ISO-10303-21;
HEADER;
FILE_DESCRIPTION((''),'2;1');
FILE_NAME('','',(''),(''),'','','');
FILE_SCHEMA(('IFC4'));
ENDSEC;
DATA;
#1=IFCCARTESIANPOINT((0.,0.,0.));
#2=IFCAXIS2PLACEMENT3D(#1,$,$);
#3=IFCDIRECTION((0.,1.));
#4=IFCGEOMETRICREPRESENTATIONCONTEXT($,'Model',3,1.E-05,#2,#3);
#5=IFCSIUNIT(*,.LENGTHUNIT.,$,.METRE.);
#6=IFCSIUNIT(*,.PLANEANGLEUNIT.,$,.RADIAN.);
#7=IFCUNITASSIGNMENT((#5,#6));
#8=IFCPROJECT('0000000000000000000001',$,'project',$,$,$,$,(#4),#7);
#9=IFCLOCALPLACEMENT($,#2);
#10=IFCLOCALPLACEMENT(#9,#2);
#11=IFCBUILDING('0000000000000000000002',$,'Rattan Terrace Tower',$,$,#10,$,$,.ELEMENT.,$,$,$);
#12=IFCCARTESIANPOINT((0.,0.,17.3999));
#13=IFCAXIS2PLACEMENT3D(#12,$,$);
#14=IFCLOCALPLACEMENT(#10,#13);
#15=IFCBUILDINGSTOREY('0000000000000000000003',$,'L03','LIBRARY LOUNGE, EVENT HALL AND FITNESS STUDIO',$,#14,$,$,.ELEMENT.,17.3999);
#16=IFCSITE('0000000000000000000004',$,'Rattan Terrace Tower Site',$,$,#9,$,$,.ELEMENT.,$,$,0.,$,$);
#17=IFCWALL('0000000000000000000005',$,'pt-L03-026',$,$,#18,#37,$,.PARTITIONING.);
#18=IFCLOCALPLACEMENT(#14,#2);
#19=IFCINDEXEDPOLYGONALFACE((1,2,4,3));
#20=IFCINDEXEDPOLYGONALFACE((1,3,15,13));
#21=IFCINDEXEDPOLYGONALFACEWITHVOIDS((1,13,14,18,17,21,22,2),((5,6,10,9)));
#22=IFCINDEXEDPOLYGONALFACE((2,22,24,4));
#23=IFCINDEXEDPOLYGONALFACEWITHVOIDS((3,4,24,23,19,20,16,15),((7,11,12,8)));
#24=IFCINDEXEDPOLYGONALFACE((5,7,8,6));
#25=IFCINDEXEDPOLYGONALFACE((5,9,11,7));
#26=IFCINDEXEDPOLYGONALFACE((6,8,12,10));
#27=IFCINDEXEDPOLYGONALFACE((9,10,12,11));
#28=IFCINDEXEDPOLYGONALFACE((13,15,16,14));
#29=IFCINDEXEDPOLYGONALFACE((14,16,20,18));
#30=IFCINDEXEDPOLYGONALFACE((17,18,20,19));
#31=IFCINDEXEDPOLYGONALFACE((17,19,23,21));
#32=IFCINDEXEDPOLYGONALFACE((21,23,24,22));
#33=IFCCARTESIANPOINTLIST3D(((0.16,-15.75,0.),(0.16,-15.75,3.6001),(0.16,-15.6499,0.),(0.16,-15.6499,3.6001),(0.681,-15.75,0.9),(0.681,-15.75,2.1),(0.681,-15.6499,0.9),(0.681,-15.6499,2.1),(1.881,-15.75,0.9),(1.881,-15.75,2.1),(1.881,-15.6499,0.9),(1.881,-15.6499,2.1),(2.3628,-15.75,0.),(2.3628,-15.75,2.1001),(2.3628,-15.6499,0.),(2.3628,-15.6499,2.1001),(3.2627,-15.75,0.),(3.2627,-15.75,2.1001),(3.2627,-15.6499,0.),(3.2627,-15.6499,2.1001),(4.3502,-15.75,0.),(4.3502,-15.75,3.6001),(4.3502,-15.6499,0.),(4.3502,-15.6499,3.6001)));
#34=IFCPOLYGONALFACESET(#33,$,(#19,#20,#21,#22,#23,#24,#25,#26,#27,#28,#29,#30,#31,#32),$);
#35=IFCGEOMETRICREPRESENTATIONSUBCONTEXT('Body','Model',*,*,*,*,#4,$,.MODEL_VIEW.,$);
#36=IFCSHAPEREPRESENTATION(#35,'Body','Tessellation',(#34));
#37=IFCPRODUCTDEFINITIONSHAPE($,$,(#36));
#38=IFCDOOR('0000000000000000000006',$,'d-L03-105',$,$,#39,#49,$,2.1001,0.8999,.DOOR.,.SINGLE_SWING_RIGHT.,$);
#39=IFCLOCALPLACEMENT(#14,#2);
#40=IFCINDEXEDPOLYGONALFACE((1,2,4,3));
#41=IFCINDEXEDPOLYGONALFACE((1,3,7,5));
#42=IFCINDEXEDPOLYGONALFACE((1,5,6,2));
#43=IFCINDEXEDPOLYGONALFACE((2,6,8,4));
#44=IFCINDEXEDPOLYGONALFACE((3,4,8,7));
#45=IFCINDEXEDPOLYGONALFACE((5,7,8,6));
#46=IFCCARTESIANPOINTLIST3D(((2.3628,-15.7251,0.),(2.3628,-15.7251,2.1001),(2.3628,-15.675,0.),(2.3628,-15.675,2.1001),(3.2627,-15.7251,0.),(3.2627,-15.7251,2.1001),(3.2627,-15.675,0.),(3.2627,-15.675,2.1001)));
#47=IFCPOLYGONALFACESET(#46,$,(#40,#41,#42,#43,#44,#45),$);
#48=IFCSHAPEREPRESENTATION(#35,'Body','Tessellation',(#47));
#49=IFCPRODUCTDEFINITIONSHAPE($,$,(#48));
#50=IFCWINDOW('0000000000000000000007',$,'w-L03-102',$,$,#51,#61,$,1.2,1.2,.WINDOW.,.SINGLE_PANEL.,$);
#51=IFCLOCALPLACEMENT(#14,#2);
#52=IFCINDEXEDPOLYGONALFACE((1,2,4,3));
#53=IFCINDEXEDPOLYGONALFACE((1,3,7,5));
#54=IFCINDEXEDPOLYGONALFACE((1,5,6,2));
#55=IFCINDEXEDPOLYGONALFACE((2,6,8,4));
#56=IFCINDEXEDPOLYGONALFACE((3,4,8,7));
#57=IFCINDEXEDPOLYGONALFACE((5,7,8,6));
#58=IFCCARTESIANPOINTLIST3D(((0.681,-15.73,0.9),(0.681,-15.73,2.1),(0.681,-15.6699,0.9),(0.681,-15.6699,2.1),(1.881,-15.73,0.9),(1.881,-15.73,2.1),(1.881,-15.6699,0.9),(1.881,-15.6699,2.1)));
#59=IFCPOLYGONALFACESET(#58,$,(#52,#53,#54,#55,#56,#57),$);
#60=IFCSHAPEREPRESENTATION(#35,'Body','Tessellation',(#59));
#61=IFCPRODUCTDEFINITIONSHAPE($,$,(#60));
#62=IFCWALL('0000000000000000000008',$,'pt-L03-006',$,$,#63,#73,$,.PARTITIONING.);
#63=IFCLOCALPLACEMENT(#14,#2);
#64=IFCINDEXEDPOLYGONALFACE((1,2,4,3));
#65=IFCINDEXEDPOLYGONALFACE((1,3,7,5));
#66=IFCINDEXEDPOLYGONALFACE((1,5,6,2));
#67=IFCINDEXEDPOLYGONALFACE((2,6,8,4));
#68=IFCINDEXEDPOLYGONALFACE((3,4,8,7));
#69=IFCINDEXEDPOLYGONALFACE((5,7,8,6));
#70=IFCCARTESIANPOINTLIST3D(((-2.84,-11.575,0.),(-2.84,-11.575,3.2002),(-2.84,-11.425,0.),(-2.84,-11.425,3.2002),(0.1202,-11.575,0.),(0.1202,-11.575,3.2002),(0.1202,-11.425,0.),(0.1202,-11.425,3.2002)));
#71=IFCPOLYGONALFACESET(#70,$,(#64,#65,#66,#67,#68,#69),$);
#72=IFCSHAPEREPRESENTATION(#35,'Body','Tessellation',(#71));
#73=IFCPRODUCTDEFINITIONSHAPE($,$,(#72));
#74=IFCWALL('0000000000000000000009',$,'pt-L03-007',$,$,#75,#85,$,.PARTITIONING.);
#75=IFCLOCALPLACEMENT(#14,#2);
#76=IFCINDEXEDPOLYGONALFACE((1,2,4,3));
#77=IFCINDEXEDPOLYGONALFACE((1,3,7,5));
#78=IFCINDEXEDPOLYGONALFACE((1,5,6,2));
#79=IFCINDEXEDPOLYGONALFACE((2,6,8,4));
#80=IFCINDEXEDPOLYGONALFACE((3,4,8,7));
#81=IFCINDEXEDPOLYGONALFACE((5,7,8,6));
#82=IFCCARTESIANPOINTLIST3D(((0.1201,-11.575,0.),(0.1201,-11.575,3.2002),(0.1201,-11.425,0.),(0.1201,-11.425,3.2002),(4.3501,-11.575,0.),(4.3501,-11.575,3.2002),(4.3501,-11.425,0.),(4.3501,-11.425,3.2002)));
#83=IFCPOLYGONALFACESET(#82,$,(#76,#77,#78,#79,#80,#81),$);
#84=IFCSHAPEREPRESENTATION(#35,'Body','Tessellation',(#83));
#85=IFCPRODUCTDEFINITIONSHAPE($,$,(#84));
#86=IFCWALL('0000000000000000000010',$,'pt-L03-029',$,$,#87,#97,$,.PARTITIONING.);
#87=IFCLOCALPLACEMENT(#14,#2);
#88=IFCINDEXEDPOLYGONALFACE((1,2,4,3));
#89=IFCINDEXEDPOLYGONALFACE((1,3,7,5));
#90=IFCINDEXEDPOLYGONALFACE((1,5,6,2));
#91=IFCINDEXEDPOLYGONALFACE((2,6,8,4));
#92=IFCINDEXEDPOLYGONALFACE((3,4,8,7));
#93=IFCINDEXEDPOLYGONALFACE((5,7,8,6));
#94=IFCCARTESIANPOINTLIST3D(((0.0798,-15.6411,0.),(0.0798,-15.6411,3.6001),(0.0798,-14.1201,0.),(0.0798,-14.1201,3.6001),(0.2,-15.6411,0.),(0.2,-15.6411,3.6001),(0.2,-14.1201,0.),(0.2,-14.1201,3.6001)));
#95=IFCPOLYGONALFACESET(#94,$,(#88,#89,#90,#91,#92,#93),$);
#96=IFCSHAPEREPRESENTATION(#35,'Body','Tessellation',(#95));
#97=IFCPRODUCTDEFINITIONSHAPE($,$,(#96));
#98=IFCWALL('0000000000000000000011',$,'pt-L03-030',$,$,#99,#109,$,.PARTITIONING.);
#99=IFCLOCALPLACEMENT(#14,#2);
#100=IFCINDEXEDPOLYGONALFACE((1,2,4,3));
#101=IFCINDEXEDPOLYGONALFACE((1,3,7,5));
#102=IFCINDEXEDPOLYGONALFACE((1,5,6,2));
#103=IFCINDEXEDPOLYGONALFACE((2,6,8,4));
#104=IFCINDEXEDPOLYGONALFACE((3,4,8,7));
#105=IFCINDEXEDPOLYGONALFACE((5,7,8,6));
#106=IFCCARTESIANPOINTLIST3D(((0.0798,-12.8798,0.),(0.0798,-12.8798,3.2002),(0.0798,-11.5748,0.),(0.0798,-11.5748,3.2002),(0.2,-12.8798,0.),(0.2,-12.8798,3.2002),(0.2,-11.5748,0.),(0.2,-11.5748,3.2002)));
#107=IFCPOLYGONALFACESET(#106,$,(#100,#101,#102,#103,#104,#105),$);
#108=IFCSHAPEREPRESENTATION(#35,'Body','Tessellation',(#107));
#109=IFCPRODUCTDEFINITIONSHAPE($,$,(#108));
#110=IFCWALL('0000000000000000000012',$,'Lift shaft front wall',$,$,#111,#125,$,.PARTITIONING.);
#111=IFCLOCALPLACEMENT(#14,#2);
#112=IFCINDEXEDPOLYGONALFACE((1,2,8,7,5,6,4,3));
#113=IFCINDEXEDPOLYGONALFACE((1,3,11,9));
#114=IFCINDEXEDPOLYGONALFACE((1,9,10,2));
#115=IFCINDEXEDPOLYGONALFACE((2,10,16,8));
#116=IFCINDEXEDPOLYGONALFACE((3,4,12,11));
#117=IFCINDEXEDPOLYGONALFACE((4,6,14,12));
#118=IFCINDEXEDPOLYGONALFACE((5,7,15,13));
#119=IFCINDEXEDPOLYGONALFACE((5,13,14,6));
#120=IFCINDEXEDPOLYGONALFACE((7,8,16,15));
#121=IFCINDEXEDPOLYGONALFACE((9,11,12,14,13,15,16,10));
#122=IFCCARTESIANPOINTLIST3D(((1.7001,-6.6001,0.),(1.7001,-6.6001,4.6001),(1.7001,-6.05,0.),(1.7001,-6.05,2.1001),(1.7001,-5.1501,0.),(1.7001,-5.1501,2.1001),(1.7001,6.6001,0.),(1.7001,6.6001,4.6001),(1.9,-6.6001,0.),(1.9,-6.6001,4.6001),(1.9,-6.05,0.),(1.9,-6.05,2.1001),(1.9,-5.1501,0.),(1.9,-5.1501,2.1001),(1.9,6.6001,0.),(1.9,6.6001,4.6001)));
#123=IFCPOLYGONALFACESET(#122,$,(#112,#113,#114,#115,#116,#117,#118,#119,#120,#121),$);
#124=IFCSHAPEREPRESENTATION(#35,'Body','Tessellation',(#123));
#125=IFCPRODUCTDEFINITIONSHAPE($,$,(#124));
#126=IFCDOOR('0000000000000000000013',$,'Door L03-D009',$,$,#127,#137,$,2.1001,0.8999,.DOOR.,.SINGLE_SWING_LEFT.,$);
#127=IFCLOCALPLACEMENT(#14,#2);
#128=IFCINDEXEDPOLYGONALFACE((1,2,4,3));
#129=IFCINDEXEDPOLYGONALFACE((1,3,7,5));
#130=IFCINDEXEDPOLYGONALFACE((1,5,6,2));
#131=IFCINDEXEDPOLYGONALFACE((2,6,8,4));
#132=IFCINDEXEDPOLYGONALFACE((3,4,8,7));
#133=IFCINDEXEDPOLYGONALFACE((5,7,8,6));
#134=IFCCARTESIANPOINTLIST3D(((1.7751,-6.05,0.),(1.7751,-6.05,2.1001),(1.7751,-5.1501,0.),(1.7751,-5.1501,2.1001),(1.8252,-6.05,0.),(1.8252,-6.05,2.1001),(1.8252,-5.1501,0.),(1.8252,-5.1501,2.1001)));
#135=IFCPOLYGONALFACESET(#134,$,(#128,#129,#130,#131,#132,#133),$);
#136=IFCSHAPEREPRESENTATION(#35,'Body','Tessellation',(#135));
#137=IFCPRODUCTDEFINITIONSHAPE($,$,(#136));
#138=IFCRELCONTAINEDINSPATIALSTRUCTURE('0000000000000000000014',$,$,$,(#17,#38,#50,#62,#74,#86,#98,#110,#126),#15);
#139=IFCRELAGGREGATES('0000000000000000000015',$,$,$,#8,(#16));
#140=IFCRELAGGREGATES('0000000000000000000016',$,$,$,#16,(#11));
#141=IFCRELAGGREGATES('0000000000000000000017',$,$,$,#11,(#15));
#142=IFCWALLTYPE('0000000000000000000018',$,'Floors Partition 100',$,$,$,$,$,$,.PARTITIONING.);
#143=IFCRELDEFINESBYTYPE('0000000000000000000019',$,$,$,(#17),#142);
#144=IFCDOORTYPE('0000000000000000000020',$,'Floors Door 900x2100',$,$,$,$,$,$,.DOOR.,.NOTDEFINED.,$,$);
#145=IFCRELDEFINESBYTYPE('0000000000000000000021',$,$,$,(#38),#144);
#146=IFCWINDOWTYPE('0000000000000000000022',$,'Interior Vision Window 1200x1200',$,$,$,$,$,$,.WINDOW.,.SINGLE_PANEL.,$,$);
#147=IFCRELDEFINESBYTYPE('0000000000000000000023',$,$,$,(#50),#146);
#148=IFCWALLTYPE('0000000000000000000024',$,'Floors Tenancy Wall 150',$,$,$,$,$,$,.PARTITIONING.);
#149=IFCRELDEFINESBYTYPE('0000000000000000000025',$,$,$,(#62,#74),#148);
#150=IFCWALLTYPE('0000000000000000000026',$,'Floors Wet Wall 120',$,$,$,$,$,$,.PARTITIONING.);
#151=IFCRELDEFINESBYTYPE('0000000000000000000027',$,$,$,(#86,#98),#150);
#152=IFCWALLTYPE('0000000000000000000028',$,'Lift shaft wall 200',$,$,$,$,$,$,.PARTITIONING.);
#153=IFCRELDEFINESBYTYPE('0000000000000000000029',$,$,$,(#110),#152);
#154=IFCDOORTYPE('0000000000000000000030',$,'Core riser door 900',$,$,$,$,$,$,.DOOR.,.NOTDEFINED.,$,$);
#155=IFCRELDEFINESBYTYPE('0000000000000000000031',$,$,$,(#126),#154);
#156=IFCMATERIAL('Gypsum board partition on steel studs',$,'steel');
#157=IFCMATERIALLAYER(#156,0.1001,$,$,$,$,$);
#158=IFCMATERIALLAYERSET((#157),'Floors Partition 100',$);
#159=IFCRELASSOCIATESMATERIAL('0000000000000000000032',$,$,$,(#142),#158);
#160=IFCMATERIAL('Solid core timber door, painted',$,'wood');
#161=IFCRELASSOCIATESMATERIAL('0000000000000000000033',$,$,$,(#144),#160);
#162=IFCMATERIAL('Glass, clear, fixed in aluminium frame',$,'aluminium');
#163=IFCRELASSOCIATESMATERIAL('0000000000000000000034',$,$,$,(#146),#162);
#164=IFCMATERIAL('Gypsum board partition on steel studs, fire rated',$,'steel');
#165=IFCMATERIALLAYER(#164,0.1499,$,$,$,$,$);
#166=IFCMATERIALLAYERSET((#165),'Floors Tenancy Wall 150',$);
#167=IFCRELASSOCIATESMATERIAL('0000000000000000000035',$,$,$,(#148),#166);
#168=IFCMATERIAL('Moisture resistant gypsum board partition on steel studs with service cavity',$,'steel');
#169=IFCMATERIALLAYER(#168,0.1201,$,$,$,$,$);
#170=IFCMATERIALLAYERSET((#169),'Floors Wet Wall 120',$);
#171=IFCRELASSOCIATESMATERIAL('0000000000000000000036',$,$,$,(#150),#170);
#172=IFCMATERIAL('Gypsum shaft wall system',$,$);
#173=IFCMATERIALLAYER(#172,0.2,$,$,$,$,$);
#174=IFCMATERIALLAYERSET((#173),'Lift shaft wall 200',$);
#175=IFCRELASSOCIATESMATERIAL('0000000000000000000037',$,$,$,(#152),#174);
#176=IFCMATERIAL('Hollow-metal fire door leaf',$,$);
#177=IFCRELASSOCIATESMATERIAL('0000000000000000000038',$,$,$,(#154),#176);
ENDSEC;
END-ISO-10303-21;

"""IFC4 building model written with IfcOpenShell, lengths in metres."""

from ifc_helpers import new_model, si_unit, direction, frame, frame_2d, origin, place, context, subcontext, project, spatial, rectangle, extrude, material, layer, layer_set, type_object, element, fill, save


model = new_model("IFC4")

# Units and contexts
model_context = context("Model", 3, precision=1e-05, world=origin(), true_north=direction((0.0, 1.0)))
body_context = subcontext(model_context, "Body", "Model", "MODEL_VIEW")
ifc_project = project(units=[si_unit("LENGTHUNIT", "METRE"), si_unit("PLANEANGLEUNIT", "RADIAN")], contexts=[model_context])

# Site, building, storey
site_placement = place(None, origin())
site = spatial("IfcSite", under=ifc_project, at=site_placement, Name="Rattan Terrace Tower Site", CompositionType="ELEMENT", RefElevation=0.0)
building_placement = place(site_placement, origin())
building = spatial("IfcBuilding", under=site, at=building_placement, Name="Rattan Terrace Tower", CompositionType="ELEMENT")
storey_placement = place(building_placement, frame((0.0, 0.0, 17.3999)))
storey = spatial("IfcBuildingStorey", under=building, at=storey_placement, Name="L03", Description="LIBRARY LOUNGE, EVENT HALL AND FITNESS STUDIO", CompositionType="ELEMENT", Elevation=17.3999)

# Wall, openings, door, window
ifc_material_1 = material(Name="Gypsum board partition on steel studs", Category="steel")
ifc_layer_1 = layer(ifc_material_1, 0.1001)
ifc_layer_set_1 = layer_set([ifc_layer_1], Name="Floors Partition 100")
wall_type_1 = type_object("IfcWallType", Name="Floors Partition 100", PredefinedType="PARTITIONING", material=ifc_layer_set_1)
wall_1_placement = place(storey_placement, frame((0.1599, -15.7, 0.0), z_axis=(0.0, 0.0, 1.0), x_axis=(1.0, 0.0, 0.0)))
wall_1 = element("IfcWall", 1, at=wall_1_placement, inside=storey, type_object=wall_type_1, Name="pt-L03-026", PredefinedType="PARTITIONING", context=body_context, shape_type="SweptSolid", body=[
    extrude(rectangle(XDim=4.1902, YDim=0.1001, at=frame_2d((2.0952, 0.0))), origin(), (0.0, 0.0, 1.0), 3.6001),
])
opening_1_placement = place(wall_1_placement, frame((2.2029, 0.0, 0.0)))
opening_1 = element("IfcOpeningElement", 2, at=opening_1_placement, cuts=wall_1, PredefinedType="OPENING", context=body_context, shape_type="SweptSolid", body=[
    extrude(rectangle(XDim=0.8999, YDim=2.1001, at=frame_2d((0.45, 1.05))), frame((0.0, 0.0605, 0.0), z_axis=(0.0, -1.0, 0.0), x_axis=(1.0, 0.0, 0.0)), (0.0, 0.0, 1.0), 0.1211),
])
opening_2_placement = place(wall_1_placement, frame((0.521, 0.0, 0.8999)))
opening_2 = element("IfcOpeningElement", 3, at=opening_2_placement, cuts=wall_1, PredefinedType="OPENING", context=body_context, shape_type="SweptSolid", body=[
    extrude(rectangle(XDim=1.2, YDim=1.2, at=frame_2d((0.6001, 0.6001))), frame((0.0, 0.0605, 0.0), z_axis=(0.0, -1.0, 0.0), x_axis=(1.0, 0.0, 0.0)), (0.0, 0.0, 1.0), 0.1211),
])
ifc_material_2 = material(Name="Solid core timber door, painted", Category="wood")
door_type_1 = type_object("IfcDoorType", Name="Floors Door 900x2100", OperationType="NOTDEFINED", PredefinedType="DOOR", material=ifc_material_2)
door_1_placement = place(opening_1_placement, origin())
door_1 = element("IfcDoor", 4, at=door_1_placement, inside=storey, type_object=door_type_1, Name="d-L03-105", OperationType="SINGLE_SWING_RIGHT", OverallHeight=2.1001, OverallWidth=0.8999, PredefinedType="DOOR", context=body_context, shape_type="SweptSolid", body=[
    extrude(rectangle(XDim=0.8999, YDim=2.1001, at=frame_2d((0.45, 1.05))), frame((0.0, 0.0249, 0.0), z_axis=(0.0, -1.0, 0.0), x_axis=(1.0, 0.0, 0.0)), (0.0, 0.0, 1.0), 0.05),
])
fill(opening_1, door_1)
ifc_material_3 = material(Name="Glass, clear, fixed in aluminium frame", Category="aluminium")
window_type = type_object("IfcWindowType", Name="Interior Vision Window 1200x1200", PartitioningType="SINGLE_PANEL", PredefinedType="WINDOW", material=ifc_material_3)
window_placement = place(opening_2_placement, origin())
window = element("IfcWindow", 5, at=window_placement, inside=storey, type_object=window_type, Name="w-L03-102", OverallHeight=1.2, OverallWidth=1.2, PartitioningType="SINGLE_PANEL", PredefinedType="WINDOW", context=body_context, shape_type="SweptSolid", body=[
    extrude(rectangle(XDim=1.2, YDim=1.2, at=frame_2d((0.6001, 0.6001))), frame((0.0, 0.03, 0.0), z_axis=(0.0, -1.0, 0.0), x_axis=(1.0, 0.0, 0.0)), (0.0, 0.0, 1.0), 0.0601),
])
fill(opening_2, window)

# Walls
ifc_material_4 = material(Name="Gypsum board partition on steel studs, fire rated", Category="steel")
ifc_layer_2 = layer(ifc_material_4, 0.1499)
ifc_layer_set_2 = layer_set([ifc_layer_2], Name="Floors Tenancy Wall 150")
wall_type_2 = type_object("IfcWallType", Name="Floors Tenancy Wall 150", PredefinedType="PARTITIONING", material=ifc_layer_set_2)
wall_2_placement = place(storey_placement, frame((0.1201, -11.5, 0.0), z_axis=(0.0, 0.0, 1.0), x_axis=(-1.0, 0.0, 0.0)))
element("IfcWall", 6, at=wall_2_placement, inside=storey, type_object=wall_type_2, Name="pt-L03-006", PredefinedType="PARTITIONING", context=body_context, shape_type="SweptSolid", body=[
    extrude(rectangle(XDim=2.9602, YDim=0.1499, at=frame_2d((1.48, 0.0))), origin(), (0.0, 0.0, 1.0), 3.2002),
])
wall_3_placement = place(storey_placement, frame((4.3501, -11.5, 0.0), z_axis=(0.0, 0.0, 1.0), x_axis=(-1.0, 0.0, 0.0)))
element("IfcWall", 7, at=wall_3_placement, inside=storey, type_object=wall_type_2, Name="pt-L03-007", PredefinedType="PARTITIONING", context=body_context, shape_type="SweptSolid", body=[
    extrude(rectangle(XDim=4.23, YDim=0.1499, at=frame_2d((2.115, 0.0))), origin(), (0.0, 0.0, 1.0), 3.2002),
])
ifc_material_5 = material(Name="Moisture resistant gypsum board partition on steel studs with service cavity", Category="steel")
ifc_layer_3 = layer(ifc_material_5, 0.1201)
ifc_layer_set_3 = layer_set([ifc_layer_3], Name="Floors Wet Wall 120")
wall_type_3 = type_object("IfcWallType", Name="Floors Wet Wall 120", PredefinedType="PARTITIONING", material=ifc_layer_set_3)
wall_4_placement = place(storey_placement, frame((0.1399, -14.1201, 0.0), z_axis=(0.0, 0.0, 1.0), x_axis=(0.0, -1.0, 0.0)))
element("IfcWall", 8, at=wall_4_placement, inside=storey, type_object=wall_type_3, Name="pt-L03-029", PredefinedType="PARTITIONING", context=body_context, shape_type="SweptSolid", body=[
    extrude(rectangle(XDim=1.521, YDim=0.1201, at=frame_2d((0.7605, 0.0))), origin(), (0.0, 0.0, 1.0), 3.6001),
])
wall_5_placement = place(storey_placement, frame((0.1399, -11.575, 0.0), z_axis=(0.0, 0.0, 1.0), x_axis=(0.0, -1.0, 0.0)))
element("IfcWall", 9, at=wall_5_placement, inside=storey, type_object=wall_type_3, Name="pt-L03-030", PredefinedType="PARTITIONING", context=body_context, shape_type="SweptSolid", body=[
    extrude(rectangle(XDim=1.3049, YDim=0.1201, at=frame_2d((0.6523, 0.0))), origin(), (0.0, 0.0, 1.0), 3.2002),
])

# Wall, opening, door
ifc_material_6 = material(Name="Gypsum shaft wall system")
ifc_layer_4 = layer(ifc_material_6, 0.2)
ifc_layer_set_4 = layer_set([ifc_layer_4], Name="Lift shaft wall 200")
wall_type_4 = type_object("IfcWallType", Name="Lift shaft wall 200", PredefinedType="PARTITIONING", material=ifc_layer_set_4)
wall_6_placement = place(storey_placement, frame((1.8, -6.6001, 0.0), z_axis=(0.0, 0.0, 1.0), x_axis=(0.0, 1.0, 0.0)))
wall_6 = element("IfcWall", 10, at=wall_6_placement, inside=storey, type_object=wall_type_4, Name="Lift shaft front wall", PredefinedType="PARTITIONING", context=body_context, shape_type="SweptSolid", body=[
    extrude(rectangle(XDim=13.2002, YDim=0.2, at=frame_2d((6.6001, 0.0))), origin(), (0.0, 0.0, 1.0), 4.6001),
])
opening_3_placement = place(wall_6_placement, frame((0.55, 0.0, 0.0)))
opening_3 = element("IfcOpeningElement", 11, at=opening_3_placement, cuts=wall_6, PredefinedType="OPENING", context=body_context, shape_type="SweptSolid", body=[
    extrude(rectangle(XDim=0.8999, YDim=2.1001, at=frame_2d((0.45, 1.05))), frame((0.0, 0.1106, 0.0), z_axis=(0.0, -1.0, 0.0), x_axis=(1.0, 0.0, 0.0)), (0.0, 0.0, 1.0), 0.2209),
])
ifc_material_7 = material(Name="Hollow-metal fire door leaf")
door_type_2 = type_object("IfcDoorType", Name="Core riser door 900", OperationType="NOTDEFINED", PredefinedType="DOOR", material=ifc_material_7)
door_2_placement = place(opening_3_placement, origin())
door_2 = element("IfcDoor", 12, at=door_2_placement, inside=storey, type_object=door_type_2, Name="Door L03-D009", OperationType="SINGLE_SWING_LEFT", OverallHeight=2.1001, OverallWidth=0.8999, PredefinedType="DOOR", context=body_context, shape_type="SweptSolid", body=[
    extrude(rectangle(XDim=0.8999, YDim=2.1001, at=frame_2d((0.45, 1.05))), frame((0.0, 0.0249, 0.0), z_axis=(0.0, -1.0, 0.0), x_axis=(1.0, 0.0, 0.0)), (0.0, 0.0, 1.0), 0.05),
])
fill(opening_3, door_2)

save(model, "model.ifc")
